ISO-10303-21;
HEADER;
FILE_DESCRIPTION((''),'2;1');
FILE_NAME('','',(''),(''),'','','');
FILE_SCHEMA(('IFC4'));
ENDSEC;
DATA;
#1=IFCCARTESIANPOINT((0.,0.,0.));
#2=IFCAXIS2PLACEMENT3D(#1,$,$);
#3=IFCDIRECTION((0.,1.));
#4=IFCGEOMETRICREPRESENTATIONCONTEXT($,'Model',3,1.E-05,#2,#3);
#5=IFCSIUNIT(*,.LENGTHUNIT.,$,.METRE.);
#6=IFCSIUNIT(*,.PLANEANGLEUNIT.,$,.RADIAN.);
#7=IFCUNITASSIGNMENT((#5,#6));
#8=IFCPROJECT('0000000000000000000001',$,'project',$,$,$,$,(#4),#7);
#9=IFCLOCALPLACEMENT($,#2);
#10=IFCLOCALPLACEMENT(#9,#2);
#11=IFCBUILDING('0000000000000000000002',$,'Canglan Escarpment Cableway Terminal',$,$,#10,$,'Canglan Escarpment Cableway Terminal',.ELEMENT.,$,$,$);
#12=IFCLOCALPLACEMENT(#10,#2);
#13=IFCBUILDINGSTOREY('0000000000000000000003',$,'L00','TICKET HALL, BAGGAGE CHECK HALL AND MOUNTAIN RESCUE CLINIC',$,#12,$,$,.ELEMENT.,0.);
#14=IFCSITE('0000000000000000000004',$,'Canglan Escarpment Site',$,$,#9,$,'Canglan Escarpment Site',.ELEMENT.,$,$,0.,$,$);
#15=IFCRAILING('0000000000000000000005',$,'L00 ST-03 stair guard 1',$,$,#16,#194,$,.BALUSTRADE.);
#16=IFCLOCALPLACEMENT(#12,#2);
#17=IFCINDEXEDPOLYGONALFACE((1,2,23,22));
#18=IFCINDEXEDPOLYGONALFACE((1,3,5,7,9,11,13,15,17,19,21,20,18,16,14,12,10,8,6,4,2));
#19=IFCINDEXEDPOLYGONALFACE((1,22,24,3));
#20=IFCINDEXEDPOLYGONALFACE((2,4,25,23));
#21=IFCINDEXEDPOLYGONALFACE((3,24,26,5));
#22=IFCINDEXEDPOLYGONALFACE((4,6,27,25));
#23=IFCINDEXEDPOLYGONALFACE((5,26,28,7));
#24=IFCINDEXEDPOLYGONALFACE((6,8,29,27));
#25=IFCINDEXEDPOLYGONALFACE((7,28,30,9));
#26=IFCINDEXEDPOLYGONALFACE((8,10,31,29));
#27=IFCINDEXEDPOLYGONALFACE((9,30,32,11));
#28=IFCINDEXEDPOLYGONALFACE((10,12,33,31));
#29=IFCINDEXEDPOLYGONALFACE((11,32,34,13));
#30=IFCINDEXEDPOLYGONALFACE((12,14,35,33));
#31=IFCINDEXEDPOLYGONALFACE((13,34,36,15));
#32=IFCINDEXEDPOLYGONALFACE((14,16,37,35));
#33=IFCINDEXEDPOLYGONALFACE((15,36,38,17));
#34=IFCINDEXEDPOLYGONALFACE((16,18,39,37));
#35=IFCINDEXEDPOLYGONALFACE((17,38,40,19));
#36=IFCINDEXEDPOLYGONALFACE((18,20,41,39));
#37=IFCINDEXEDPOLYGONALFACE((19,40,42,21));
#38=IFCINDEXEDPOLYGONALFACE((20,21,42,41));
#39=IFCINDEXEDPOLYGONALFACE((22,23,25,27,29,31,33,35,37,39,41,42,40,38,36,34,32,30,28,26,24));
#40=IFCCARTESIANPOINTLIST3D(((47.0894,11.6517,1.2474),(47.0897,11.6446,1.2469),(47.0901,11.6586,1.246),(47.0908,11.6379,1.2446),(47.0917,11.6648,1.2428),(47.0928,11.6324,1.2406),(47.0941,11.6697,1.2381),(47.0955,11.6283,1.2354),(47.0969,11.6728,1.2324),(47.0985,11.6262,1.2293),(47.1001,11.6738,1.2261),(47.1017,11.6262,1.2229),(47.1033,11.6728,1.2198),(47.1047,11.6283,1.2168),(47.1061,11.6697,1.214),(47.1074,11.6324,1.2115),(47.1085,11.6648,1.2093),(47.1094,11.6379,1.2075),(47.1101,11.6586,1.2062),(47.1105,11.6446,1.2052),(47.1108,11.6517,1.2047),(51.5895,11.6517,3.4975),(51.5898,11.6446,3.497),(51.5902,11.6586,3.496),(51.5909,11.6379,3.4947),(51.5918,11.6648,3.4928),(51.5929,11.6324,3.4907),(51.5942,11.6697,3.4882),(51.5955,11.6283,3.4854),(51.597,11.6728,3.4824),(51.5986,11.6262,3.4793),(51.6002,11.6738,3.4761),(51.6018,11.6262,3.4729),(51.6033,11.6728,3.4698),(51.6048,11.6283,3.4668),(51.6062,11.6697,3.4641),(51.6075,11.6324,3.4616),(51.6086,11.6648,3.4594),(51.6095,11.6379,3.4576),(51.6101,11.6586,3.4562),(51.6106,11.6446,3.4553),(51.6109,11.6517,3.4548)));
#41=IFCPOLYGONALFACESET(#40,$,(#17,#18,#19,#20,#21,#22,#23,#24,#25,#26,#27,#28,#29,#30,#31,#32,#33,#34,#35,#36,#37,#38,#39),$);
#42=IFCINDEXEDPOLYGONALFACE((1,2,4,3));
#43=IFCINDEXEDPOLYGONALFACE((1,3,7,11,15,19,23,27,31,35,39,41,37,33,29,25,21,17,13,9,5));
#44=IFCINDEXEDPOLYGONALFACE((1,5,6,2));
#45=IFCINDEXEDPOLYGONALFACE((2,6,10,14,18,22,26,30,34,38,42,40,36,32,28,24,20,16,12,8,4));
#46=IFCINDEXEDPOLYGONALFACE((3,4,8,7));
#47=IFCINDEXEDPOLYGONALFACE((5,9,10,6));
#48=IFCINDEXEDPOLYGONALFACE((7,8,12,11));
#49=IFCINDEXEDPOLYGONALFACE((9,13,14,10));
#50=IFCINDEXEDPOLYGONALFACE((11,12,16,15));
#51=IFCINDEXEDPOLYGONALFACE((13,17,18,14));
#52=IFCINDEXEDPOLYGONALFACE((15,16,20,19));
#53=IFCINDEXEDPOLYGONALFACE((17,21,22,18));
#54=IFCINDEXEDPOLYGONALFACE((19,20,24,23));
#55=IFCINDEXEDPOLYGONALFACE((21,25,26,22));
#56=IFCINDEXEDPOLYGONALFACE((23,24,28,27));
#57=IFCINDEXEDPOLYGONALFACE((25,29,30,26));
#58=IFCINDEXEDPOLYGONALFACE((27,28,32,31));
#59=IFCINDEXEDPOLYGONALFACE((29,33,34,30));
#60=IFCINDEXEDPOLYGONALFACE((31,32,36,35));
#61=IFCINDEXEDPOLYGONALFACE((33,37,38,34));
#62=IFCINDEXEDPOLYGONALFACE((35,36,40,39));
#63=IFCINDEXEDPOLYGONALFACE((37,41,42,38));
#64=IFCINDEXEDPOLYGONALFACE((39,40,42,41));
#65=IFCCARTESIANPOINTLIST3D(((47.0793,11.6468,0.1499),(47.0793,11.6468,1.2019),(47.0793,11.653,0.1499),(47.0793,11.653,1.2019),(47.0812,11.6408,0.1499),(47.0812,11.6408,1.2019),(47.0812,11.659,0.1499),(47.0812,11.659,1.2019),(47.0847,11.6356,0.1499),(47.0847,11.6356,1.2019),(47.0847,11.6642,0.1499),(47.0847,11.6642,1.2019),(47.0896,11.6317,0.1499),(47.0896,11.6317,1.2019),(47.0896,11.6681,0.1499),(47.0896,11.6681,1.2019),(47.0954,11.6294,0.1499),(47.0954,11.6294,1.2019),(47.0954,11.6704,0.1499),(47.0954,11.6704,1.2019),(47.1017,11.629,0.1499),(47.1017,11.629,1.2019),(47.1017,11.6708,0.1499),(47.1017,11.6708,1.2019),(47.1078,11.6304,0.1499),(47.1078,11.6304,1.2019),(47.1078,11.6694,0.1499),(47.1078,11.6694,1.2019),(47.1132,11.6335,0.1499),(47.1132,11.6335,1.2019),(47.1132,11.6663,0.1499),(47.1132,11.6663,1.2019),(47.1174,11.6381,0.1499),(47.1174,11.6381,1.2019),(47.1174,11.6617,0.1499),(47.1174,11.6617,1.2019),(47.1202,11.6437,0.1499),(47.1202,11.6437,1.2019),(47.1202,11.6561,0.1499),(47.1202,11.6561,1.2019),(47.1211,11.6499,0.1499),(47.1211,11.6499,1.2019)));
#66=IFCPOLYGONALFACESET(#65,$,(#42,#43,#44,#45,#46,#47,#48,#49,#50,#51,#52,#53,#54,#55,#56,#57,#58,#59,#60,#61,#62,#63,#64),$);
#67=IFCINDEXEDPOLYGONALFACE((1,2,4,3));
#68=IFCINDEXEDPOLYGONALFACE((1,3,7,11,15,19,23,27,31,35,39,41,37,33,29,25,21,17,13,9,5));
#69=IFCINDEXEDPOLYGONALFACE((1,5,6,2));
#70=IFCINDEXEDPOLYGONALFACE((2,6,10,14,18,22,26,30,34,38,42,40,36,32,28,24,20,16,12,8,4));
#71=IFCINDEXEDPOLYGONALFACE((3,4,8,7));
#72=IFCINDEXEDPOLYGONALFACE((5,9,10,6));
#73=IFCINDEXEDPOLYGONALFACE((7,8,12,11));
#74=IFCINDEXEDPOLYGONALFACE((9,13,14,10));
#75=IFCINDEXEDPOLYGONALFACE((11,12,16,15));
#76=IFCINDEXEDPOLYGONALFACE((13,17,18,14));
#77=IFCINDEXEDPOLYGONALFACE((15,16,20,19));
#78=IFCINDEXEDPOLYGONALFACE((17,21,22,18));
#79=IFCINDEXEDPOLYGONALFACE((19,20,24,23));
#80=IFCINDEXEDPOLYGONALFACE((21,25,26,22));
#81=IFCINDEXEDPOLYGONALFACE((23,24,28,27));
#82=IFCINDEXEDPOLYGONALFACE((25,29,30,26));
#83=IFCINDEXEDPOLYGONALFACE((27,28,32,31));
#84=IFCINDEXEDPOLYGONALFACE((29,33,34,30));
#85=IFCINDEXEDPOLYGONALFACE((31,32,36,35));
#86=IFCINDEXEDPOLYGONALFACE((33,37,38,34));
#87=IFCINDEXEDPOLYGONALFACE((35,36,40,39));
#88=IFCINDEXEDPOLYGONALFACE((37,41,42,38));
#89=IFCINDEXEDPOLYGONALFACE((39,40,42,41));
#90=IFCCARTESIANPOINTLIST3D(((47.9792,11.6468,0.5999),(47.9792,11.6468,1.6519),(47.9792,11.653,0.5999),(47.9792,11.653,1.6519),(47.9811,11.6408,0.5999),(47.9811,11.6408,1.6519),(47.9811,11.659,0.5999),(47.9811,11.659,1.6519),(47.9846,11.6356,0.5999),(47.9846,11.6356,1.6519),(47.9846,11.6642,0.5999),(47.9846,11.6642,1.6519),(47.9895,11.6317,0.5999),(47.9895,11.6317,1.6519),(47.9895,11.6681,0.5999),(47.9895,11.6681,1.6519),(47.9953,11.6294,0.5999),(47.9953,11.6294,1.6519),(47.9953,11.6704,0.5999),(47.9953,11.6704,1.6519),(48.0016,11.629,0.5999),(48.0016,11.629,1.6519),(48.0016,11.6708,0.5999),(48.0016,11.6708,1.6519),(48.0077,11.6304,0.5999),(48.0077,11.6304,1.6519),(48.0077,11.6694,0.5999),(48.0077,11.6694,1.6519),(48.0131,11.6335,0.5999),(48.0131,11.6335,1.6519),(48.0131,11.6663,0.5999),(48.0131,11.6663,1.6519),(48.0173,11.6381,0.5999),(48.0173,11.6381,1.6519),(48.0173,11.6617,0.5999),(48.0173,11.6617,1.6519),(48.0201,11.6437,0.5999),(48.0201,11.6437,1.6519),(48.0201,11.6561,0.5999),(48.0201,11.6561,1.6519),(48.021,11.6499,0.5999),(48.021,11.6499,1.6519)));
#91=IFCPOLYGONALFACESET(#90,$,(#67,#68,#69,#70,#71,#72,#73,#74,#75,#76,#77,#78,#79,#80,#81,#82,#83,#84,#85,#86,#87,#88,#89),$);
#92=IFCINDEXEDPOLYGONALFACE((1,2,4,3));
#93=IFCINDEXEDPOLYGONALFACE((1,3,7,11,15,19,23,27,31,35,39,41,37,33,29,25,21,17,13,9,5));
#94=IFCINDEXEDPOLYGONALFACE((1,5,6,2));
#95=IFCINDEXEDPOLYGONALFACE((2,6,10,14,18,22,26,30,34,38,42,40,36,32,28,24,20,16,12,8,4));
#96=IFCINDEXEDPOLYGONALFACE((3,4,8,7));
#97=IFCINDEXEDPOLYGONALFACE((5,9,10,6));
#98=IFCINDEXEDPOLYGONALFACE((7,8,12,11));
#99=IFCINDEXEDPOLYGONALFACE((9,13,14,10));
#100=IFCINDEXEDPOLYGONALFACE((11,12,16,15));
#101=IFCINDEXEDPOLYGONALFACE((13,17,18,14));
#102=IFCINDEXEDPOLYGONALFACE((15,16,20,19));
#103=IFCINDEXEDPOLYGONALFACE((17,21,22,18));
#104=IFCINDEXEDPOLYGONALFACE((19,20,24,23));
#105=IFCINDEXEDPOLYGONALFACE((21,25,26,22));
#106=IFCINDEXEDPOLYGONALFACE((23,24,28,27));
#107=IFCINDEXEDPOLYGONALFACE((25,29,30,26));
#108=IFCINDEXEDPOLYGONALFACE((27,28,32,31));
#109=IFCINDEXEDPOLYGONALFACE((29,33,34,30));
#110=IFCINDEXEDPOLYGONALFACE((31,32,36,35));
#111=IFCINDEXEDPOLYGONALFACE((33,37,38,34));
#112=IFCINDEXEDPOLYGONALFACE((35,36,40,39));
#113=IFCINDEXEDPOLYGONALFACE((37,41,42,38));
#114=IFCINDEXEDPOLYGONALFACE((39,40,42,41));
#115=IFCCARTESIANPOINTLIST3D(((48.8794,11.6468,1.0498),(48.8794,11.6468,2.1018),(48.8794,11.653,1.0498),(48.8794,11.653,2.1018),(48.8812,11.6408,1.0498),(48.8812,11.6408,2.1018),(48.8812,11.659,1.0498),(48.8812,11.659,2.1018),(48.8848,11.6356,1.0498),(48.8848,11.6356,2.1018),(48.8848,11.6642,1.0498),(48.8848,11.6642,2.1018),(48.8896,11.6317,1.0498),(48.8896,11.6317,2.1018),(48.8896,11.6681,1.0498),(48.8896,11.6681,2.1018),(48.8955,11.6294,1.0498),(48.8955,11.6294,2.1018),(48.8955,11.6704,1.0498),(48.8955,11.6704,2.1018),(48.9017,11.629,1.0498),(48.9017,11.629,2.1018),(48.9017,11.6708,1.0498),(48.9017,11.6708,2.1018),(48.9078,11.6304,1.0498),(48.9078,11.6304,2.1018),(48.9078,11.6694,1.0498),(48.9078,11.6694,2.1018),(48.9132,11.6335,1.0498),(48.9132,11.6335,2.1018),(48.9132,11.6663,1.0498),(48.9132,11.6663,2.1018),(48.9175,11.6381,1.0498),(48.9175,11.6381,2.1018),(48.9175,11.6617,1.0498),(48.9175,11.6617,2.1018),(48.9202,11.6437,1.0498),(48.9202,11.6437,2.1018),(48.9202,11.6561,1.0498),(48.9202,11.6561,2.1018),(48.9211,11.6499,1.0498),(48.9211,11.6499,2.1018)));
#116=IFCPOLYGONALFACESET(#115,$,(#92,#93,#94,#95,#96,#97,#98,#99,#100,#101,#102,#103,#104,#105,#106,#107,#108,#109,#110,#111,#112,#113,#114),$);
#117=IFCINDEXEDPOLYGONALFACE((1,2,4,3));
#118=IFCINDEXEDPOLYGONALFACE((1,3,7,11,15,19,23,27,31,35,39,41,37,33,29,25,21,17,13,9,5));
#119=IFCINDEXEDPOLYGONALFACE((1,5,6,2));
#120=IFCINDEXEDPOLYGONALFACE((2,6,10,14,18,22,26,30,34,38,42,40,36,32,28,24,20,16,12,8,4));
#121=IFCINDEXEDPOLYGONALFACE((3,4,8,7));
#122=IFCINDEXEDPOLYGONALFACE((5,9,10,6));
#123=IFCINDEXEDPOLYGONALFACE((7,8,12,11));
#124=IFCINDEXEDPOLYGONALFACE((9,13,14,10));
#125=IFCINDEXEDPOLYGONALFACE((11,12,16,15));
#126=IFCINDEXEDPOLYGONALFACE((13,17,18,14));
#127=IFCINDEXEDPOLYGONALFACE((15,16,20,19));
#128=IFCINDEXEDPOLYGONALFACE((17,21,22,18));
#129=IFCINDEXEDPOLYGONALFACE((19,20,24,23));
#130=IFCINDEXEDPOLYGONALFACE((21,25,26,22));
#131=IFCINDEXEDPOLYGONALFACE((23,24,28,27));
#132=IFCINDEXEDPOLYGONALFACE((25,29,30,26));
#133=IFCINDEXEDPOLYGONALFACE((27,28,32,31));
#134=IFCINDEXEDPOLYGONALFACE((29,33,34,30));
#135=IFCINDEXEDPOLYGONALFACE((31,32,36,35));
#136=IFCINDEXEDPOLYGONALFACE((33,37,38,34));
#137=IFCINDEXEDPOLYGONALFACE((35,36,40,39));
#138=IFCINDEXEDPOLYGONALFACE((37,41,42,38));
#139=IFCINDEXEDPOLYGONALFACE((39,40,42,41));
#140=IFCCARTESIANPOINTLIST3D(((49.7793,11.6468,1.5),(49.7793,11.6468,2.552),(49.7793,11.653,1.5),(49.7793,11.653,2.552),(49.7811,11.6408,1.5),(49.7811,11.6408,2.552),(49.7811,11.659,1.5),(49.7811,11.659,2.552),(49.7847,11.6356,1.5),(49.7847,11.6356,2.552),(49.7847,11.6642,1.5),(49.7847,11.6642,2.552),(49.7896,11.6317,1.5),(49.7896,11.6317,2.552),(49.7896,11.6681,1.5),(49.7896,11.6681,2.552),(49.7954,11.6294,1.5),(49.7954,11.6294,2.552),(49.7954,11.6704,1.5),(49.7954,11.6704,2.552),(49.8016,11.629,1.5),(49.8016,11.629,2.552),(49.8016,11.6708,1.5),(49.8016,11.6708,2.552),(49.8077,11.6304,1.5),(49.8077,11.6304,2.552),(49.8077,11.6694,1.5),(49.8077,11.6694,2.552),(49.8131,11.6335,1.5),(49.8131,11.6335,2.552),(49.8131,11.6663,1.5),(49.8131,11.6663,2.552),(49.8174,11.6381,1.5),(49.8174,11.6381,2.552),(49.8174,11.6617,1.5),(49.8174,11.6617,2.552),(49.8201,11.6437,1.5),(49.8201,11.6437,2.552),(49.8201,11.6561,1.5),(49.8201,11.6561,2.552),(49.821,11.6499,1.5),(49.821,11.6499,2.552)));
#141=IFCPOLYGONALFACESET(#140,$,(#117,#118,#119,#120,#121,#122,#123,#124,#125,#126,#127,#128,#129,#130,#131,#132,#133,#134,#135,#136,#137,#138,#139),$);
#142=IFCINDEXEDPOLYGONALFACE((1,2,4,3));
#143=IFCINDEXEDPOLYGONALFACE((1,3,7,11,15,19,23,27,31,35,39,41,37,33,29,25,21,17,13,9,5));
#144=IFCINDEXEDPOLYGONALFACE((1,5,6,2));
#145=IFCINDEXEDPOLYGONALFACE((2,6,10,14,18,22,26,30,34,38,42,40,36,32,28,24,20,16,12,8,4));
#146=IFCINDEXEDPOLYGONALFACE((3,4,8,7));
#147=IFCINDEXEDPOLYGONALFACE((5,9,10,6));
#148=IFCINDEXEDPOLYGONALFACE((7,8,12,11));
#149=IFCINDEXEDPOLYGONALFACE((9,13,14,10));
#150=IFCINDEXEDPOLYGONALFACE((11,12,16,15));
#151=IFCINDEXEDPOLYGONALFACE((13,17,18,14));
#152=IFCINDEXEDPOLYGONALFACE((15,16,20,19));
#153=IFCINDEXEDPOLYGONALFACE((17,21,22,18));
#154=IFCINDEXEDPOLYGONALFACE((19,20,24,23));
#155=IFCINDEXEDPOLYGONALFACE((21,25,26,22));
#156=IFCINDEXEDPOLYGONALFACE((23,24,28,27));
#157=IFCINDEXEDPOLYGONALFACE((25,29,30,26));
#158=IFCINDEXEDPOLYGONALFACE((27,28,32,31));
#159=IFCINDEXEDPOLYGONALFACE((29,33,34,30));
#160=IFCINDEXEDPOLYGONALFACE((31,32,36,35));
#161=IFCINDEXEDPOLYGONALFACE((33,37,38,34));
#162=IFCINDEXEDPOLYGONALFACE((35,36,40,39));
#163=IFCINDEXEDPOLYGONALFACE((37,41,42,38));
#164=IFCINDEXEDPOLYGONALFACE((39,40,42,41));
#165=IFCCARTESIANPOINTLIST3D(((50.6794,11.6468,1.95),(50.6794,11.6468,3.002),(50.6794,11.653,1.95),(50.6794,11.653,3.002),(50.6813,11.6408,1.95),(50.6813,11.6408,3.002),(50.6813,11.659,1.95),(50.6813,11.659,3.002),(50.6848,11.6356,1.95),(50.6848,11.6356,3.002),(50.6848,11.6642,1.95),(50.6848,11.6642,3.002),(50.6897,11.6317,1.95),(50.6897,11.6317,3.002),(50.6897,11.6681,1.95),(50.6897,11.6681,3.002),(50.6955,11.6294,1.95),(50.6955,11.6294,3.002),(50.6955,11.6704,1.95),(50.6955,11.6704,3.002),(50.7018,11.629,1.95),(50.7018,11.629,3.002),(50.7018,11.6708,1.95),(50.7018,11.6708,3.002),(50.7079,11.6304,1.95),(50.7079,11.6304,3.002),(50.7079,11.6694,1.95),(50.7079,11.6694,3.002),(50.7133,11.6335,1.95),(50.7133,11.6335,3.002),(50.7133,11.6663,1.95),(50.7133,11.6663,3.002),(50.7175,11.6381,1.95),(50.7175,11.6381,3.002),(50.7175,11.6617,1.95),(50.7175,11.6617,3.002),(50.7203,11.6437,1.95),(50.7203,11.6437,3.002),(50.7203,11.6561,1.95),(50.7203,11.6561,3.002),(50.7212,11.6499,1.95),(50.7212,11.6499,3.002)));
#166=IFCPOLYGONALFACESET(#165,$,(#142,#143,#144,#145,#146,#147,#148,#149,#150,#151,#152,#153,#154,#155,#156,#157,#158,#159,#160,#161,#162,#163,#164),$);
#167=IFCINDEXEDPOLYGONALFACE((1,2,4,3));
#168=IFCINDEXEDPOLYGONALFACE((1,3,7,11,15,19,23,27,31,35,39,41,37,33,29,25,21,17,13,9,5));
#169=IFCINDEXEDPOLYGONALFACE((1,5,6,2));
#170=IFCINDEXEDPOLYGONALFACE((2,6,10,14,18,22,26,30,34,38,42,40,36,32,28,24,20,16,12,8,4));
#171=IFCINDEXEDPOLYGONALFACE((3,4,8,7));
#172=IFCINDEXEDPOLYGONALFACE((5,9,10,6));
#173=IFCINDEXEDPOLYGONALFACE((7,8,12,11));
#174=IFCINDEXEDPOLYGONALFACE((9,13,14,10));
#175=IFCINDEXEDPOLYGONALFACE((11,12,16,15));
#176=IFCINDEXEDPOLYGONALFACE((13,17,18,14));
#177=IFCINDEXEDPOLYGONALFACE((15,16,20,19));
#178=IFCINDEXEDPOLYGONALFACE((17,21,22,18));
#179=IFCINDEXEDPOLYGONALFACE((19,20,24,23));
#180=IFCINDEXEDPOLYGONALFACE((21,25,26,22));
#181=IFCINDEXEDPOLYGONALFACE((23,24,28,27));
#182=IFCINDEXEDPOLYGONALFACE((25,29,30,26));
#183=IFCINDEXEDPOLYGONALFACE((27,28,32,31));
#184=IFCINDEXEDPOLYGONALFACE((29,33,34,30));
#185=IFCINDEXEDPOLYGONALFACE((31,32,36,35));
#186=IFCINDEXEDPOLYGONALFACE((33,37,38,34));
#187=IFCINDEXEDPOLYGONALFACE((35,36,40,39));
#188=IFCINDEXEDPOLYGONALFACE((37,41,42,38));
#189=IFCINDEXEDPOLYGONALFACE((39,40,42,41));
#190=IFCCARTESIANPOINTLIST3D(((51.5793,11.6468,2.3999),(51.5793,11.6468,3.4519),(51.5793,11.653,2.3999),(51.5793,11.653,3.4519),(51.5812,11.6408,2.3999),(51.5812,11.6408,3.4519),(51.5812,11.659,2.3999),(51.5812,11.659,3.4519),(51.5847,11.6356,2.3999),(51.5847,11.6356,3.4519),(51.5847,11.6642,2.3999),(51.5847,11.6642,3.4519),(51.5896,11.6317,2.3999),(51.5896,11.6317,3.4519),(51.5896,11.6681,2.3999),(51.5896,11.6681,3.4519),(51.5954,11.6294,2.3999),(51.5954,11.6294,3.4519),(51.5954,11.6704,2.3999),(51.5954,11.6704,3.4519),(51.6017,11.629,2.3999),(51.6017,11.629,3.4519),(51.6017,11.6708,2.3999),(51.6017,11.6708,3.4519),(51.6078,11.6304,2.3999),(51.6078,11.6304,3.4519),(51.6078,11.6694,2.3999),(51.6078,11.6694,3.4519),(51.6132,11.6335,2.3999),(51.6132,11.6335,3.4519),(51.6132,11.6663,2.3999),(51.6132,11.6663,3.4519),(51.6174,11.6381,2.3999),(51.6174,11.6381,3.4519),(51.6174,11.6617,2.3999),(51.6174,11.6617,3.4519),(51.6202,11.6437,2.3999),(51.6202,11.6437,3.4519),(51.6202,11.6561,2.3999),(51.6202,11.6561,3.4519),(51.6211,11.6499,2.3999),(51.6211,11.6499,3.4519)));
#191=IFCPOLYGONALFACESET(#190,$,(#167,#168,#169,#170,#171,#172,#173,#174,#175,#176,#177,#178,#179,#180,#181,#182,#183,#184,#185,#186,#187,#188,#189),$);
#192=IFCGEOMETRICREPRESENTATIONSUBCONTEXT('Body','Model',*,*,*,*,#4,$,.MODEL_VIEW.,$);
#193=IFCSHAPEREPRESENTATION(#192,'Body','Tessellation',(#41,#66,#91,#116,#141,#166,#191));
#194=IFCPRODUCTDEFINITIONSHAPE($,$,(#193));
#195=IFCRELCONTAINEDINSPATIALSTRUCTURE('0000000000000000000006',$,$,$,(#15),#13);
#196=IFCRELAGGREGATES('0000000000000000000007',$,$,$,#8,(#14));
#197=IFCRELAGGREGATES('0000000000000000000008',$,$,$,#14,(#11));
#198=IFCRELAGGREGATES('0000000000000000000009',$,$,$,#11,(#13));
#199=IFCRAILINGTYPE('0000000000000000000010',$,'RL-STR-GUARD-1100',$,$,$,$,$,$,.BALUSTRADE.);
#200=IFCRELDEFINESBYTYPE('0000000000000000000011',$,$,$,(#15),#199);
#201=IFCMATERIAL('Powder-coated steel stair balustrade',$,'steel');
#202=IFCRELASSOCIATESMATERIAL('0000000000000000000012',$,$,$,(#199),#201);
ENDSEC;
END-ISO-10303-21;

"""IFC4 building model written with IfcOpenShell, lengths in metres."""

from ifc_helpers import new_model, si_unit, direction, frame, origin, origin_2d, place, context, subcontext, project, spatial, circle, extrude, material, type_object, element, save


model = new_model("IFC4")

# Units and contexts
model_context = context("Model", 3, precision=1e-05, world=origin(), true_north=direction((0.0, 1.0)))
body_context = subcontext(model_context, "Body", "Model", "MODEL_VIEW")
ifc_project = project(units=[si_unit("LENGTHUNIT", "METRE"), si_unit("PLANEANGLEUNIT", "RADIAN")], contexts=[model_context])

# Site, building, storey
site_placement = place(None, origin())
site = spatial("IfcSite", under=ifc_project, at=site_placement, Name="Canglan Escarpment Site", LongName="Canglan Escarpment Site", CompositionType="ELEMENT", RefElevation=0.0)
building_placement = place(site_placement, origin())
building = spatial("IfcBuilding", under=site, at=building_placement, Name="Canglan Escarpment Cableway Terminal", LongName="Canglan Escarpment Cableway Terminal", CompositionType="ELEMENT")
storey_placement = place(building_placement, origin())
storey = spatial("IfcBuildingStorey", under=building, at=storey_placement, Name="L00", Description="TICKET HALL, BAGGAGE CHECK HALL AND MOUNTAIN RESCUE CLINIC", CompositionType="ELEMENT", Elevation=0.0)

# Railing
ifc_material_1 = material(Name="Powder-coated steel stair balustrade", Category="steel")
railing_type_1 = type_object("IfcRailingType", Name="RL-STR-GUARD-1100", PredefinedType="BALUSTRADE", material=ifc_material_1)
railing_1_placement = place(storey_placement, frame((47.1001, 11.6499, 0.1499)))
element("IfcRailing", 1, at=railing_1_placement, inside=storey, type_object=railing_type_1, Name="L00 ST-03 stair guard 1", PredefinedType="BALUSTRADE", context=body_context, shape_type="SweptSolid", body=[
    extrude(circle(Radius=0.0239, at=origin_2d()), frame((0.0, 0.0, 1.0762), z_axis=(0.894427, 0.0, 0.447214), x_axis=(0.0, 1.0, 0.0)), (0.0, 0.0, 1.0), 5.0312),
    extrude(circle(Radius=0.021, at=origin_2d()), origin(), (0.0, 0.0, 1.0), 1.052),
    extrude(circle(Radius=0.021, at=origin_2d()), frame((0.8999, 0.0, 0.45)), (0.0, 0.0, 1.0), 1.052),
    extrude(circle(Radius=0.021, at=origin_2d()), frame((1.8, 0.0, 0.8999)), (0.0, 0.0, 1.0), 1.052),
    extrude(circle(Radius=0.021, at=origin_2d()), frame((2.7, 0.0, 1.3501)), (0.0, 0.0, 1.0), 1.052),
    extrude(circle(Radius=0.021, at=origin_2d()), frame((3.6001, 0.0, 1.8)), (0.0, 0.0, 1.0), 1.052),
    extrude(circle(Radius=0.021, at=origin_2d()), frame((4.5, 0.0, 2.25)), (0.0, 0.0, 1.0), 1.052),
])

save(model, "model.ifc")
